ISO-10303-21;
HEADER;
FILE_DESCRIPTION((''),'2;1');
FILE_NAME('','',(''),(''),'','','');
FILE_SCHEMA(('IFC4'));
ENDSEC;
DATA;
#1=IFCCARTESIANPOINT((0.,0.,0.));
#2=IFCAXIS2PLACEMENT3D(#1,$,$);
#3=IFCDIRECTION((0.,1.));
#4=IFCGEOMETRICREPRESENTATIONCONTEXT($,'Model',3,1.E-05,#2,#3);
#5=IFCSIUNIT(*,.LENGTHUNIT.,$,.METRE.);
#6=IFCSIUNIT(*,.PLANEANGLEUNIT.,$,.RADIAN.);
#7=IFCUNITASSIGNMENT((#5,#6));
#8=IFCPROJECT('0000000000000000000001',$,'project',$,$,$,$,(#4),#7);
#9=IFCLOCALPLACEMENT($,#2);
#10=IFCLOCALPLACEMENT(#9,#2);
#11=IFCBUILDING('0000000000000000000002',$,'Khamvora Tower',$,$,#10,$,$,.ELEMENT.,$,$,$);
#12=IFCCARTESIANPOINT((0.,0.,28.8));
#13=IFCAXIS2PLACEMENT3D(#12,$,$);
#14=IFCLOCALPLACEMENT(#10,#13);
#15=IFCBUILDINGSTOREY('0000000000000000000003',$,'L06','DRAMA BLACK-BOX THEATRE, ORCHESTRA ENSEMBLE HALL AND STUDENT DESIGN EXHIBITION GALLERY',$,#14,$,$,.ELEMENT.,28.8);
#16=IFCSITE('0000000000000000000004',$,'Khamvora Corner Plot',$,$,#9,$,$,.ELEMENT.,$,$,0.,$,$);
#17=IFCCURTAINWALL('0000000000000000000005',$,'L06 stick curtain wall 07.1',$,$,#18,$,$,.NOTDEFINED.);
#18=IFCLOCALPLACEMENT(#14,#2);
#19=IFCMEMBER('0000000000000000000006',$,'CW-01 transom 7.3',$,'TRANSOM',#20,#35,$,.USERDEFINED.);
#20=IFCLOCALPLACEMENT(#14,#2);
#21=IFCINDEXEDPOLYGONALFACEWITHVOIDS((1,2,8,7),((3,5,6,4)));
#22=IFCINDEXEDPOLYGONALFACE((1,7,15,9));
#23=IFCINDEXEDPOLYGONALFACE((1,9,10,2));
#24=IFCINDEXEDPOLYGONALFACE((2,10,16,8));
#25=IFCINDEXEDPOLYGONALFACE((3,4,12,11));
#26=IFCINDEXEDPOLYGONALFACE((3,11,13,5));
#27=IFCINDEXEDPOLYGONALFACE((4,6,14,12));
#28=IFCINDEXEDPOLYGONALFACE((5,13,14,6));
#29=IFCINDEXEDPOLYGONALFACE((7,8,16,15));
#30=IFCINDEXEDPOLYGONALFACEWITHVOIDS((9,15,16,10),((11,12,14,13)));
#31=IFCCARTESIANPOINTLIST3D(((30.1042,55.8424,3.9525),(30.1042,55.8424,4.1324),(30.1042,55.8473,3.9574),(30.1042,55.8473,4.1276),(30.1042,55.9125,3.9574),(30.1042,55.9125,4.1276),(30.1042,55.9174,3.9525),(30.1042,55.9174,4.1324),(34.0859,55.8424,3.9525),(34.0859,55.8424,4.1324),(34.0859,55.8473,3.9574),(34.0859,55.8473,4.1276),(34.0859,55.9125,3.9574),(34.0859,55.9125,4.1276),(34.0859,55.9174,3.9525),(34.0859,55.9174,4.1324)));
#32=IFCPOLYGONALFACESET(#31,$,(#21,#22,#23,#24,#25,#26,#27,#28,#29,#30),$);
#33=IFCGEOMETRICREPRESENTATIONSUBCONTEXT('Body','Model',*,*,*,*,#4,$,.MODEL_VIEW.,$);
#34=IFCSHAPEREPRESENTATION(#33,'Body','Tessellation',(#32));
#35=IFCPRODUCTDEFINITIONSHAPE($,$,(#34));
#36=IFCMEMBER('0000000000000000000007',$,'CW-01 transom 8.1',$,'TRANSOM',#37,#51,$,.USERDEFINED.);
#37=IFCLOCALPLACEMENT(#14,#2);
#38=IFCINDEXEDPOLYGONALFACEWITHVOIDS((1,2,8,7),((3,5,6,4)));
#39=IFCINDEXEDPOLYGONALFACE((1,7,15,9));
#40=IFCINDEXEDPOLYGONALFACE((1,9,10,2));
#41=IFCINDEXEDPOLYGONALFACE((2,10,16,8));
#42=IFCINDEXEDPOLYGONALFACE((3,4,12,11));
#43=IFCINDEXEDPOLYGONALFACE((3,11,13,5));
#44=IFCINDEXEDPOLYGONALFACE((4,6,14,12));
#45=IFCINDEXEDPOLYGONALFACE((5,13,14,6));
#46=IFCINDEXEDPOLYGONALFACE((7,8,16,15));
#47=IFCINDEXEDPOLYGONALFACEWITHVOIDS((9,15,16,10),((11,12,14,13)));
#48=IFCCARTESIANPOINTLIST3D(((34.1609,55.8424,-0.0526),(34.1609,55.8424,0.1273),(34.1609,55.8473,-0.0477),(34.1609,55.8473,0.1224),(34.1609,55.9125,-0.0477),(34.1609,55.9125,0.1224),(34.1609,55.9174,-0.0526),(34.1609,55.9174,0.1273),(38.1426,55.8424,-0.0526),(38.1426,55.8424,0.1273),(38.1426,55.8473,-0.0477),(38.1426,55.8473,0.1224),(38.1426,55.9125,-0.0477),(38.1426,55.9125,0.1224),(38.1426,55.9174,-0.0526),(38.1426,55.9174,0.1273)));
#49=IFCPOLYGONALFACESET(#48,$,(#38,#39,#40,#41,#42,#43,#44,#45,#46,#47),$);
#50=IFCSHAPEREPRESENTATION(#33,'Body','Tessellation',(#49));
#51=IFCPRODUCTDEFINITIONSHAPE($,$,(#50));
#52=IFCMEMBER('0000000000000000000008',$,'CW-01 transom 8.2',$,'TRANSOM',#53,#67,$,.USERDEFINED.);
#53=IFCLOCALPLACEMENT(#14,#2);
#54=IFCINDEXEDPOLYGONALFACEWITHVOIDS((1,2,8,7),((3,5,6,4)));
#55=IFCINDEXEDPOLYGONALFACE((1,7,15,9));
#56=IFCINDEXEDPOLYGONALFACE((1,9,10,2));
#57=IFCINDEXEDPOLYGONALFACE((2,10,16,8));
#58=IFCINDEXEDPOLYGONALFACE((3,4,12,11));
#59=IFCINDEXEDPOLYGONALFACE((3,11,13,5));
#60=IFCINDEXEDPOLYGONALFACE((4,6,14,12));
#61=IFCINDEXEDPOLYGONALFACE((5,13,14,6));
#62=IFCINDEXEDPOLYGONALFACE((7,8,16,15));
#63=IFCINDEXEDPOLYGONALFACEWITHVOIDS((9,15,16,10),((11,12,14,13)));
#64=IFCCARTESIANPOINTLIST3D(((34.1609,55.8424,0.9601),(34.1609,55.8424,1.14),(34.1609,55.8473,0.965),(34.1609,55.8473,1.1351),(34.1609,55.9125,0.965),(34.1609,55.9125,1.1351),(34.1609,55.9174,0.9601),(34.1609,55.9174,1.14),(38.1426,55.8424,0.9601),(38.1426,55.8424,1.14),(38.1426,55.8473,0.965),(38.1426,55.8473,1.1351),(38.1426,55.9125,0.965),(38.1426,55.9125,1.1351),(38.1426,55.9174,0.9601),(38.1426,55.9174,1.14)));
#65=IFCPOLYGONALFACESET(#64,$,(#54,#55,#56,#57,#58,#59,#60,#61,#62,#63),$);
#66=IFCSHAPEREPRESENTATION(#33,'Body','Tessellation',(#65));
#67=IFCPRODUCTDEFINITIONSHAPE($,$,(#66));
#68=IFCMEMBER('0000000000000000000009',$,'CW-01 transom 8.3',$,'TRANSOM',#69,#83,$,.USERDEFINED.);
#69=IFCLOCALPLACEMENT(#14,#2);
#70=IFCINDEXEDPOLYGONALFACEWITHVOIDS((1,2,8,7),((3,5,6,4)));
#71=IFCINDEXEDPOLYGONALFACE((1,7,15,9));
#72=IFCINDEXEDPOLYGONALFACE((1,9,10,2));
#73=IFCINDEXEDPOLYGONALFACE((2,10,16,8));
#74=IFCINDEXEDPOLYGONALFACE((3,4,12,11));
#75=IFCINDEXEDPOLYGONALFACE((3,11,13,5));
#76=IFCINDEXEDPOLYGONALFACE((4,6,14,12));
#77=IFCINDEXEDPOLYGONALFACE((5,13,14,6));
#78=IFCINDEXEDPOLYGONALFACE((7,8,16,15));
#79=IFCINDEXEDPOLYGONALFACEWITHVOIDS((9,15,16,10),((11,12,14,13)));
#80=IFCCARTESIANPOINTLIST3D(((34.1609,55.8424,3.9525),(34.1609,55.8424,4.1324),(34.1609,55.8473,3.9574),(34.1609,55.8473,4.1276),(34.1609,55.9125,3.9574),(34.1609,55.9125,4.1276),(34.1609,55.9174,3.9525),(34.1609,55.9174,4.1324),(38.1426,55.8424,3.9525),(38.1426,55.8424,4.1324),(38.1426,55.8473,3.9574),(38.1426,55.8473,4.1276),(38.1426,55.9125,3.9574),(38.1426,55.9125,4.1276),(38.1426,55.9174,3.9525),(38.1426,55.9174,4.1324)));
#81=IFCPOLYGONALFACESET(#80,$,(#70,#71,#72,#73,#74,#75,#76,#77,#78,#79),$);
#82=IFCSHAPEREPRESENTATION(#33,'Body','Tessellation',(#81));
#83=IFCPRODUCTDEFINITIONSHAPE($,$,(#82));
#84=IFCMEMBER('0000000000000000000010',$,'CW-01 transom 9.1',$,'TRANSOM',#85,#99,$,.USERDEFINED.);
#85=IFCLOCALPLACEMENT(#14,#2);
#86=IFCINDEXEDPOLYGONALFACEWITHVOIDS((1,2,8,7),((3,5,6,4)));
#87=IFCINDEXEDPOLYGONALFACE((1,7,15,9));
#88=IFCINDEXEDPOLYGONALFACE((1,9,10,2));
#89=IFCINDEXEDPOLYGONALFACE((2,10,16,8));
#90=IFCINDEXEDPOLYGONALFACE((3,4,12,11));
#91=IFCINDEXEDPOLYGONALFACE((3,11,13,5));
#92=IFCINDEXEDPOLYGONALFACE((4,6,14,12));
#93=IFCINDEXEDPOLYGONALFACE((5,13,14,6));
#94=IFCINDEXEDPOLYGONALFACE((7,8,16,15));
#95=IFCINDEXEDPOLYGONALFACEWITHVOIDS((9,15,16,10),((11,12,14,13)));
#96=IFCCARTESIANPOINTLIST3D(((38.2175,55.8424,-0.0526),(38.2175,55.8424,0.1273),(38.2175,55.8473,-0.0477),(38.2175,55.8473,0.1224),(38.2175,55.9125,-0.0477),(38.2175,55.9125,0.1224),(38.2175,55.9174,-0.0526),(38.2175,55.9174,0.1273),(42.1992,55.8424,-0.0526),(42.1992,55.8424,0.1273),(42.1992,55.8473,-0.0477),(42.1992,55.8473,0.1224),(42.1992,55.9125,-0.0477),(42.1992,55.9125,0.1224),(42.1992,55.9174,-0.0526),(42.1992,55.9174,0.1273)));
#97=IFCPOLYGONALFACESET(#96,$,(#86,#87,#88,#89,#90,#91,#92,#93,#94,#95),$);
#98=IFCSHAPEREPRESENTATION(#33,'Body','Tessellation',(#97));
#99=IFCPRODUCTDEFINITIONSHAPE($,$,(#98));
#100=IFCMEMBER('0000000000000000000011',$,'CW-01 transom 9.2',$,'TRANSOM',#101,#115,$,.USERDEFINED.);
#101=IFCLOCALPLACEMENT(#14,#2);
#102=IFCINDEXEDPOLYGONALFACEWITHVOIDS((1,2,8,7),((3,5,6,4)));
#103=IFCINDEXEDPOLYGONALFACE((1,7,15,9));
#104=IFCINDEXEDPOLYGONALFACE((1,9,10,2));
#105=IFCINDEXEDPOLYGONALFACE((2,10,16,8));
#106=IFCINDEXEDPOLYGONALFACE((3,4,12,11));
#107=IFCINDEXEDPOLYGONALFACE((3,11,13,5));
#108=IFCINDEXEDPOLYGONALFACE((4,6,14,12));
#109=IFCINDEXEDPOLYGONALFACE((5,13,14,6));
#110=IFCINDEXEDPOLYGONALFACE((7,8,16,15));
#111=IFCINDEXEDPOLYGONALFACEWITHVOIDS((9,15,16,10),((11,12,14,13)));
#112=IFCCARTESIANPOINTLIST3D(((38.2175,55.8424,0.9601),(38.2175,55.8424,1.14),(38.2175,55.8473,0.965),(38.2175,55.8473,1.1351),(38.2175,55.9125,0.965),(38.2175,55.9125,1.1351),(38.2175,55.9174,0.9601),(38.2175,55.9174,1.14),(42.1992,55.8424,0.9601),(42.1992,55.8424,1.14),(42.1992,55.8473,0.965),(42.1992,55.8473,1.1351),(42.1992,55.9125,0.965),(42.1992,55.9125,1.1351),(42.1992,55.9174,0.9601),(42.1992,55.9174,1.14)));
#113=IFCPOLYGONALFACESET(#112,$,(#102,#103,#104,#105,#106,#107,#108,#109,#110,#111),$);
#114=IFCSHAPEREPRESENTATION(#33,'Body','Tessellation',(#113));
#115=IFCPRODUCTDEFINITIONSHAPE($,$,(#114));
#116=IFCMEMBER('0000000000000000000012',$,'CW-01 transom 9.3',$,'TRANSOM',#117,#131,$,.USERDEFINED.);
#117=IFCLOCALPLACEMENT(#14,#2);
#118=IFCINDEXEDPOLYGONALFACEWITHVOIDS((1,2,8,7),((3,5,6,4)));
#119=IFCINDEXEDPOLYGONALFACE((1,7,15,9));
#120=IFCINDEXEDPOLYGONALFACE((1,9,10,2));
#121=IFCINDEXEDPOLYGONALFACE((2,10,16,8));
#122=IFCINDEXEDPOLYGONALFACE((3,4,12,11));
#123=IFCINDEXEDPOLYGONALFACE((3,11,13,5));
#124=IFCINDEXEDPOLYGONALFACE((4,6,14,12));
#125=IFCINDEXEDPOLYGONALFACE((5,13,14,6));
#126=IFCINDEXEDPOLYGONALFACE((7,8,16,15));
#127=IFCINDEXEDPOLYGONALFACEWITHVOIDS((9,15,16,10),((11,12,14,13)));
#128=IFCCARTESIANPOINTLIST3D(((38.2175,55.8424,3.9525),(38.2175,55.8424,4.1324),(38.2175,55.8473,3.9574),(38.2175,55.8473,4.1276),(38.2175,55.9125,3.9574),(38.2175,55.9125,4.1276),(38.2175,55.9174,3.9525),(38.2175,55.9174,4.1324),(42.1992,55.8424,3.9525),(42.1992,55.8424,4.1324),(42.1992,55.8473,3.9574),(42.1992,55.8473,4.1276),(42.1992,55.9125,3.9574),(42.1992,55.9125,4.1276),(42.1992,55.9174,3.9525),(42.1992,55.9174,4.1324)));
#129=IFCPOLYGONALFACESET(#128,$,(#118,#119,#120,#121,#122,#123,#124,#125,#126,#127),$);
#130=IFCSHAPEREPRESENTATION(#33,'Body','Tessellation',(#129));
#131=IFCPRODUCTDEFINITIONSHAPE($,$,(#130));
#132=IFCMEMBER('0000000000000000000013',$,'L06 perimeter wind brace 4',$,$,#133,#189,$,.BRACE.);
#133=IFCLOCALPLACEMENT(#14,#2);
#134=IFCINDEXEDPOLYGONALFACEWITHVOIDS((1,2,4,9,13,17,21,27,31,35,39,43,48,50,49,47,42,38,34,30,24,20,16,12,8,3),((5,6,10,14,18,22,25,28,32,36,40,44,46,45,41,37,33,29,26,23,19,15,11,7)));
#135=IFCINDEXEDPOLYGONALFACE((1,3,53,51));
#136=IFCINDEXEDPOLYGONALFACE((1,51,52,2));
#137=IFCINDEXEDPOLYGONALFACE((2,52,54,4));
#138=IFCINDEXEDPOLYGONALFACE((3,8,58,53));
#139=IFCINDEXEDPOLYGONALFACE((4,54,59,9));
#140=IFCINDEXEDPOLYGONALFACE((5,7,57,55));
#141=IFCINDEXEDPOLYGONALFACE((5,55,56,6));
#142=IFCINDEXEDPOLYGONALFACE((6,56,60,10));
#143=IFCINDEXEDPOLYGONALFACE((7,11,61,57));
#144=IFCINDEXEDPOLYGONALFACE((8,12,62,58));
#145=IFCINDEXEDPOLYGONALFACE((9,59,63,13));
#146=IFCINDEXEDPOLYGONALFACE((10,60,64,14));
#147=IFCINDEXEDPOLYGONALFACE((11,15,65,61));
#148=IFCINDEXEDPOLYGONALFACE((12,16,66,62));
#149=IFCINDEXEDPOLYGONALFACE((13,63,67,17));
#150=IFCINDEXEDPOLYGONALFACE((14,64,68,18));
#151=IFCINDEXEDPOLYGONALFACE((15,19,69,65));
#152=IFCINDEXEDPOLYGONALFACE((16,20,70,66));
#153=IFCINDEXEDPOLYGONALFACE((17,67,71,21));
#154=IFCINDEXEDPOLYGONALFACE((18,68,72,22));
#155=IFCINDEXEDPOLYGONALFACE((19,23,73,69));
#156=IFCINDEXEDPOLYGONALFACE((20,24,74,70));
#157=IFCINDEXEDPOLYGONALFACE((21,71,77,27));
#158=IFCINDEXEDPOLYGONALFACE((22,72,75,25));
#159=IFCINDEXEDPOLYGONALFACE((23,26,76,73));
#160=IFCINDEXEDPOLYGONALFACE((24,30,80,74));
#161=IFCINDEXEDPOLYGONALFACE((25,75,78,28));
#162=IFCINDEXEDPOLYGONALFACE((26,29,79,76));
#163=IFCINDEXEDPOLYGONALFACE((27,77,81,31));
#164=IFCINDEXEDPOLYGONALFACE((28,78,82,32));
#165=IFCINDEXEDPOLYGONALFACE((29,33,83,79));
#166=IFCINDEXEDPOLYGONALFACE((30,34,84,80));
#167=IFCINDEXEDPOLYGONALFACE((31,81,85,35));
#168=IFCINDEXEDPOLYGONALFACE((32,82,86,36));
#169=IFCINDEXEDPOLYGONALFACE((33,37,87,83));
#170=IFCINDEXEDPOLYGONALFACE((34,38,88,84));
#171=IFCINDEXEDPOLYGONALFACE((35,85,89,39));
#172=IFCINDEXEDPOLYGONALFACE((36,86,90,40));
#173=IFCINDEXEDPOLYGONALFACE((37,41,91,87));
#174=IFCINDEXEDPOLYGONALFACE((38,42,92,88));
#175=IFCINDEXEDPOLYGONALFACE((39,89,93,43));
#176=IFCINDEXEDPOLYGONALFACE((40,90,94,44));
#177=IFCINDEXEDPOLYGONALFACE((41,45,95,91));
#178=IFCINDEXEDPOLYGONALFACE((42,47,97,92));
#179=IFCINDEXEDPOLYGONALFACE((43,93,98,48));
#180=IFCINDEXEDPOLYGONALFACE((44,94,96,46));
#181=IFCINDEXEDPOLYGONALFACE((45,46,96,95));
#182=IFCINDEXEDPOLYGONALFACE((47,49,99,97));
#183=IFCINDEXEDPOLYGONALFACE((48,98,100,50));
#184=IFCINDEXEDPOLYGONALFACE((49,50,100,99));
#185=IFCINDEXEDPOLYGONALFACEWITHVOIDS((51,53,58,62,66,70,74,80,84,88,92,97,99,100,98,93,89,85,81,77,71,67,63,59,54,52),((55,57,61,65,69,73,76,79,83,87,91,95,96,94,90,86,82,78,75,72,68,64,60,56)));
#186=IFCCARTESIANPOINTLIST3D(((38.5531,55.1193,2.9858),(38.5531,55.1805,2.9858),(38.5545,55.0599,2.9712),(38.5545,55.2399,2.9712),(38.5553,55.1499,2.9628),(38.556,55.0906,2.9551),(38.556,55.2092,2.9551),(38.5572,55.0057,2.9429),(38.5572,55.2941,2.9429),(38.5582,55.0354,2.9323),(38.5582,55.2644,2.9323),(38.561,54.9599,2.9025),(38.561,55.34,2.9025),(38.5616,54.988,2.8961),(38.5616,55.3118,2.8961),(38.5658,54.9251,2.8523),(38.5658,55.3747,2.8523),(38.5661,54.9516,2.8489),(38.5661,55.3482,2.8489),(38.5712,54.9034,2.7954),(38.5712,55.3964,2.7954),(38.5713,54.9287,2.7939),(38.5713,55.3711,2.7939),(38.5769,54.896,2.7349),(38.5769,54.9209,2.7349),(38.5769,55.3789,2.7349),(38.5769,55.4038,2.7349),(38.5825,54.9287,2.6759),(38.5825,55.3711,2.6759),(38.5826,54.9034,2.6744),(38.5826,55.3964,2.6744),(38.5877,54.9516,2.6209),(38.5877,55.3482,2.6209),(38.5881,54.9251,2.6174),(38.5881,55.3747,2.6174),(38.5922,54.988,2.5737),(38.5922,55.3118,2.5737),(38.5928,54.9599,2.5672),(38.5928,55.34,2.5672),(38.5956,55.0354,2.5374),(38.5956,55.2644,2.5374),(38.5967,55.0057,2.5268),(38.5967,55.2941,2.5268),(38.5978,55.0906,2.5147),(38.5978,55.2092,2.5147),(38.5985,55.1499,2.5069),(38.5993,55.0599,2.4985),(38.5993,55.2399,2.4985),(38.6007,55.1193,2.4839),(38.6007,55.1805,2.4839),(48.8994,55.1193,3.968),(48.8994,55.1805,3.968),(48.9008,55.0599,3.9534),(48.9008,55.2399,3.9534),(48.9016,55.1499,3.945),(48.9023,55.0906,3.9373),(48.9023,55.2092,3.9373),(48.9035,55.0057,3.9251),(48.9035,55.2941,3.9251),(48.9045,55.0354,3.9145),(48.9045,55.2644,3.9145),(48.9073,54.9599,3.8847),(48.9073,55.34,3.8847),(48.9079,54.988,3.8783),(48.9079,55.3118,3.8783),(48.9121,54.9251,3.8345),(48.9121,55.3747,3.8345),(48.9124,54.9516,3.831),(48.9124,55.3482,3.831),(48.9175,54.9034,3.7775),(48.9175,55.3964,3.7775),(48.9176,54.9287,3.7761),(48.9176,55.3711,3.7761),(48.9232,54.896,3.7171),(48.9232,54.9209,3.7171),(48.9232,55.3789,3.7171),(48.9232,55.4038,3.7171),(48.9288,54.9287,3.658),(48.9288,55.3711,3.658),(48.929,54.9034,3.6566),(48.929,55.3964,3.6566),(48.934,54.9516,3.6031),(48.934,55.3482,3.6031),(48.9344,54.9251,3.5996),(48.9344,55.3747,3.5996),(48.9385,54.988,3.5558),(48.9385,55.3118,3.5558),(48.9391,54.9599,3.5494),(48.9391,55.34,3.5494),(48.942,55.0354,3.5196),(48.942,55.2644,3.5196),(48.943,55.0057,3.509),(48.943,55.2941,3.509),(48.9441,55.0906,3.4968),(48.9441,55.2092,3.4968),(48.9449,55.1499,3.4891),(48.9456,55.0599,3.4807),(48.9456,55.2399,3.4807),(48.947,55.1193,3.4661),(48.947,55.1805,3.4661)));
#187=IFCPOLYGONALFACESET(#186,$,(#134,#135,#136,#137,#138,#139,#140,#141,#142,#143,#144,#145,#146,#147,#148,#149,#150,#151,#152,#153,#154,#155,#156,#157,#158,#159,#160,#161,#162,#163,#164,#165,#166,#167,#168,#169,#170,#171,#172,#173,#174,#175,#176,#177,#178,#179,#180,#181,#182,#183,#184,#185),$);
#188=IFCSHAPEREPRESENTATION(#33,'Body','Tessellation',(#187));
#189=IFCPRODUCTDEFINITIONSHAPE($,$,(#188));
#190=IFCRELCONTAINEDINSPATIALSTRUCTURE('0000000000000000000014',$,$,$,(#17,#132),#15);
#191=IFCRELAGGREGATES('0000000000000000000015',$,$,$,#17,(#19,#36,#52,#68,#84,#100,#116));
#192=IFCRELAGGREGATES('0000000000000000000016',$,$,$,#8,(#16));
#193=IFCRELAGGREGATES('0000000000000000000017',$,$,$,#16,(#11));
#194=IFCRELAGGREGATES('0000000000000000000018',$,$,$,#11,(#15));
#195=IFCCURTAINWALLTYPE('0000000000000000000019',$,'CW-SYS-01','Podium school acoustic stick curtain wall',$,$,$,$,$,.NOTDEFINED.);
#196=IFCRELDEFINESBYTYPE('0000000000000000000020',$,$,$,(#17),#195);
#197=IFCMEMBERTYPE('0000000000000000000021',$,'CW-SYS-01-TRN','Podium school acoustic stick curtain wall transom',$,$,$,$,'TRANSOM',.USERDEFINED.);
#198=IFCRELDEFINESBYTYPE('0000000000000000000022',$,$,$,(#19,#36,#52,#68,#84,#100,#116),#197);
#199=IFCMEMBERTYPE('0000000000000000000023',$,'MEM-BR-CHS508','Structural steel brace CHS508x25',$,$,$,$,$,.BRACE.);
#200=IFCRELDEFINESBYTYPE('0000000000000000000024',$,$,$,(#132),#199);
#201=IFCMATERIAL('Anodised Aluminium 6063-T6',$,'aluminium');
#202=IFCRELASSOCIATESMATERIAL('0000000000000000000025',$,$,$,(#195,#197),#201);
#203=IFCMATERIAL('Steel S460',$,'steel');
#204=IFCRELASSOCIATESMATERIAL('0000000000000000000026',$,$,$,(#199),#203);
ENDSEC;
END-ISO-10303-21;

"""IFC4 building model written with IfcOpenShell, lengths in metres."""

from ifc_helpers import new_model, si_unit, direction, frame, origin, origin_2d, place, context, subcontext, project, spatial, hollow_rectangle, hollow_circle, extrude, material, material_profile, profile_set, type_object, element, aggregate, save


model = new_model("IFC4")

# Units and contexts
model_context = context("Model", 3, precision=1e-05, world=origin(), true_north=direction((0.0, 1.0)))
body_context = subcontext(model_context, "Body", "Model", "MODEL_VIEW")
ifc_project = project(units=[si_unit("LENGTHUNIT", "METRE"), si_unit("PLANEANGLEUNIT", "RADIAN")], contexts=[model_context])

# Site, building, storey
site_placement = place(None, origin())
site = spatial("IfcSite", under=ifc_project, at=site_placement, Name="Khamvora Corner Plot", CompositionType="ELEMENT", RefElevation=0.0)
building_placement = place(site_placement, origin())
building = spatial("IfcBuilding", under=site, at=building_placement, Name="Khamvora Tower", CompositionType="ELEMENT")
storey_placement = place(building_placement, frame((0.0, 0.0, 28.8)))
storey = spatial("IfcBuildingStorey", under=building, at=storey_placement, Name="L06", Description="DRAMA BLACK-BOX THEATRE, ORCHESTRA ENSEMBLE HALL AND STUDENT DESIGN EXHIBITION GALLERY", CompositionType="ELEMENT", Elevation=28.8)

# Shared definitions
ifc_material_1 = material(Name="Steel S460", Category="steel")

# Curtain wall, members
ifc_material_2 = material(Name="Anodised Aluminium 6063-T6", Category="aluminium")
curtain_wall_type = type_object("IfcCurtainWallType", Name="CW-SYS-01", Description="Podium school acoustic stick curtain wall", PredefinedType="NOTDEFINED", material=ifc_material_2)
curtain_wall_placement = place(storey_placement, origin())
curtain_wall = element("IfcCurtainWall", 1, at=curtain_wall_placement, inside=storey, type_object=curtain_wall_type, Name="L06 stick curtain wall 07.1", PredefinedType="NOTDEFINED")
ifc_material_profile_1 = material_profile(ifc_material_2, hollow_rectangle(XDim=0.075, YDim=0.1799, WallThickness=0.0049, at=origin_2d()), Name="TRN75x180x5")
ifc_profile_set_1 = profile_set([ifc_material_profile_1], Name="Anodised Aluminium 6063-T6")
member_type_1 = type_object("IfcMemberType", Name="CW-SYS-01-TRN", Description="Podium school acoustic stick curtain wall transom", ElementType="TRANSOM", PredefinedType="USERDEFINED", material=ifc_profile_set_1)
member_1_placement = place(storey_placement, frame((30.1042, 55.8799, 4.0425), z_axis=(1.0, 0.0, 0.0), x_axis=(0.0, 1.0, 0.0)))
member_1 = element("IfcMember", 2, at=member_1_placement, type_object=member_type_1, Name="CW-01 transom 7.3", ObjectType="TRANSOM", PredefinedType="USERDEFINED", context=body_context, shape_type="SweptSolid", body=[
    extrude(hollow_rectangle(XDim=0.075, YDim=0.1799, WallThickness=0.0049, at=origin_2d()), origin(), (0.0, 0.0, 1.0), 3.9817),
])
member_2_placement = place(storey_placement, frame((34.1609, 55.8799, 0.0374), z_axis=(1.0, 0.0, 0.0), x_axis=(0.0, 1.0, 0.0)))
member_2 = element("IfcMember", 3, at=member_2_placement, type_object=member_type_1, Name="CW-01 transom 8.1", ObjectType="TRANSOM", PredefinedType="USERDEFINED", context=body_context, shape_type="SweptSolid", body=[
    extrude(hollow_rectangle(XDim=0.075, YDim=0.1799, WallThickness=0.0049, at=origin_2d()), origin(), (0.0, 0.0, 1.0), 3.9817),
])
member_3_placement = place(storey_placement, frame((34.1609, 55.8799, 1.05), z_axis=(1.0, 0.0, 0.0), x_axis=(0.0, 1.0, 0.0)))
member_3 = element("IfcMember", 4, at=member_3_placement, type_object=member_type_1, Name="CW-01 transom 8.2", ObjectType="TRANSOM", PredefinedType="USERDEFINED", context=body_context, shape_type="SweptSolid", body=[
    extrude(hollow_rectangle(XDim=0.075, YDim=0.1799, WallThickness=0.0049, at=origin_2d()), origin(), (0.0, 0.0, 1.0), 3.9817),
])
member_4_placement = place(storey_placement, frame((34.1609, 55.8799, 4.0425), z_axis=(1.0, 0.0, 0.0), x_axis=(0.0, 1.0, 0.0)))
member_4 = element("IfcMember", 5, at=member_4_placement, type_object=member_type_1, Name="CW-01 transom 8.3", ObjectType="TRANSOM", PredefinedType="USERDEFINED", context=body_context, shape_type="SweptSolid", body=[
    extrude(hollow_rectangle(XDim=0.075, YDim=0.1799, WallThickness=0.0049, at=origin_2d()), origin(), (0.0, 0.0, 1.0), 3.9817),
])
member_5_placement = place(storey_placement, frame((38.2175, 55.8799, 0.0374), z_axis=(1.0, 0.0, 0.0), x_axis=(0.0, 1.0, 0.0)))
member_5 = element("IfcMember", 6, at=member_5_placement, type_object=member_type_1, Name="CW-01 transom 9.1", ObjectType="TRANSOM", PredefinedType="USERDEFINED", context=body_context, shape_type="SweptSolid", body=[
    extrude(hollow_rectangle(XDim=0.075, YDim=0.1799, WallThickness=0.0049, at=origin_2d()), origin(), (0.0, 0.0, 1.0), 3.9817),
])
member_6_placement = place(storey_placement, frame((38.2175, 55.8799, 1.05), z_axis=(1.0, 0.0, 0.0), x_axis=(0.0, 1.0, 0.0)))
member_6 = element("IfcMember", 7, at=member_6_placement, type_object=member_type_1, Name="CW-01 transom 9.2", ObjectType="TRANSOM", PredefinedType="USERDEFINED", context=body_context, shape_type="SweptSolid", body=[
    extrude(hollow_rectangle(XDim=0.075, YDim=0.1799, WallThickness=0.0049, at=origin_2d()), origin(), (0.0, 0.0, 1.0), 3.9817),
])
member_7_placement = place(storey_placement, frame((38.2175, 55.8799, 4.0425), z_axis=(1.0, 0.0, 0.0), x_axis=(0.0, 1.0, 0.0)))
member_7 = element("IfcMember", 8, at=member_7_placement, type_object=member_type_1, Name="CW-01 transom 9.3", ObjectType="TRANSOM", PredefinedType="USERDEFINED", context=body_context, shape_type="SweptSolid", body=[
    extrude(hollow_rectangle(XDim=0.075, YDim=0.1799, WallThickness=0.0049, at=origin_2d()), origin(), (0.0, 0.0, 1.0), 3.9817),
])

# Member
ifc_material_profile_2 = material_profile(ifc_material_1, hollow_circle(Radius=0.2539, WallThickness=0.0249, at=origin_2d()), Name="CHS508x25")
ifc_profile_set_2 = profile_set([ifc_material_profile_2], Name="Steel S460")
member_type_2 = type_object("IfcMemberType", Name="MEM-BR-CHS508", Description="Structural steel brace CHS508x25", PredefinedType="BRACE", material=ifc_profile_set_2)
member_8_placement = place(storey_placement, frame((38.5769, 55.1499, 2.7349), z_axis=(0.995524, 0.0, 0.094506), x_axis=(0.0, 1.0, 0.0)))
element("IfcMember", 9, at=member_8_placement, inside=storey, type_object=member_type_2, Name="L06 perimeter wind brace 4", PredefinedType="BRACE", context=body_context, shape_type="SweptSolid", body=[
    extrude(hollow_circle(Radius=0.2539, WallThickness=0.0249, at=origin_2d()), origin(), (0.0, 0.0, 1.0), 10.3928),
])

aggregate(curtain_wall, [member_1, member_2, member_3, member_4, member_5, member_6, member_7])

save(model, "model.ifc")
